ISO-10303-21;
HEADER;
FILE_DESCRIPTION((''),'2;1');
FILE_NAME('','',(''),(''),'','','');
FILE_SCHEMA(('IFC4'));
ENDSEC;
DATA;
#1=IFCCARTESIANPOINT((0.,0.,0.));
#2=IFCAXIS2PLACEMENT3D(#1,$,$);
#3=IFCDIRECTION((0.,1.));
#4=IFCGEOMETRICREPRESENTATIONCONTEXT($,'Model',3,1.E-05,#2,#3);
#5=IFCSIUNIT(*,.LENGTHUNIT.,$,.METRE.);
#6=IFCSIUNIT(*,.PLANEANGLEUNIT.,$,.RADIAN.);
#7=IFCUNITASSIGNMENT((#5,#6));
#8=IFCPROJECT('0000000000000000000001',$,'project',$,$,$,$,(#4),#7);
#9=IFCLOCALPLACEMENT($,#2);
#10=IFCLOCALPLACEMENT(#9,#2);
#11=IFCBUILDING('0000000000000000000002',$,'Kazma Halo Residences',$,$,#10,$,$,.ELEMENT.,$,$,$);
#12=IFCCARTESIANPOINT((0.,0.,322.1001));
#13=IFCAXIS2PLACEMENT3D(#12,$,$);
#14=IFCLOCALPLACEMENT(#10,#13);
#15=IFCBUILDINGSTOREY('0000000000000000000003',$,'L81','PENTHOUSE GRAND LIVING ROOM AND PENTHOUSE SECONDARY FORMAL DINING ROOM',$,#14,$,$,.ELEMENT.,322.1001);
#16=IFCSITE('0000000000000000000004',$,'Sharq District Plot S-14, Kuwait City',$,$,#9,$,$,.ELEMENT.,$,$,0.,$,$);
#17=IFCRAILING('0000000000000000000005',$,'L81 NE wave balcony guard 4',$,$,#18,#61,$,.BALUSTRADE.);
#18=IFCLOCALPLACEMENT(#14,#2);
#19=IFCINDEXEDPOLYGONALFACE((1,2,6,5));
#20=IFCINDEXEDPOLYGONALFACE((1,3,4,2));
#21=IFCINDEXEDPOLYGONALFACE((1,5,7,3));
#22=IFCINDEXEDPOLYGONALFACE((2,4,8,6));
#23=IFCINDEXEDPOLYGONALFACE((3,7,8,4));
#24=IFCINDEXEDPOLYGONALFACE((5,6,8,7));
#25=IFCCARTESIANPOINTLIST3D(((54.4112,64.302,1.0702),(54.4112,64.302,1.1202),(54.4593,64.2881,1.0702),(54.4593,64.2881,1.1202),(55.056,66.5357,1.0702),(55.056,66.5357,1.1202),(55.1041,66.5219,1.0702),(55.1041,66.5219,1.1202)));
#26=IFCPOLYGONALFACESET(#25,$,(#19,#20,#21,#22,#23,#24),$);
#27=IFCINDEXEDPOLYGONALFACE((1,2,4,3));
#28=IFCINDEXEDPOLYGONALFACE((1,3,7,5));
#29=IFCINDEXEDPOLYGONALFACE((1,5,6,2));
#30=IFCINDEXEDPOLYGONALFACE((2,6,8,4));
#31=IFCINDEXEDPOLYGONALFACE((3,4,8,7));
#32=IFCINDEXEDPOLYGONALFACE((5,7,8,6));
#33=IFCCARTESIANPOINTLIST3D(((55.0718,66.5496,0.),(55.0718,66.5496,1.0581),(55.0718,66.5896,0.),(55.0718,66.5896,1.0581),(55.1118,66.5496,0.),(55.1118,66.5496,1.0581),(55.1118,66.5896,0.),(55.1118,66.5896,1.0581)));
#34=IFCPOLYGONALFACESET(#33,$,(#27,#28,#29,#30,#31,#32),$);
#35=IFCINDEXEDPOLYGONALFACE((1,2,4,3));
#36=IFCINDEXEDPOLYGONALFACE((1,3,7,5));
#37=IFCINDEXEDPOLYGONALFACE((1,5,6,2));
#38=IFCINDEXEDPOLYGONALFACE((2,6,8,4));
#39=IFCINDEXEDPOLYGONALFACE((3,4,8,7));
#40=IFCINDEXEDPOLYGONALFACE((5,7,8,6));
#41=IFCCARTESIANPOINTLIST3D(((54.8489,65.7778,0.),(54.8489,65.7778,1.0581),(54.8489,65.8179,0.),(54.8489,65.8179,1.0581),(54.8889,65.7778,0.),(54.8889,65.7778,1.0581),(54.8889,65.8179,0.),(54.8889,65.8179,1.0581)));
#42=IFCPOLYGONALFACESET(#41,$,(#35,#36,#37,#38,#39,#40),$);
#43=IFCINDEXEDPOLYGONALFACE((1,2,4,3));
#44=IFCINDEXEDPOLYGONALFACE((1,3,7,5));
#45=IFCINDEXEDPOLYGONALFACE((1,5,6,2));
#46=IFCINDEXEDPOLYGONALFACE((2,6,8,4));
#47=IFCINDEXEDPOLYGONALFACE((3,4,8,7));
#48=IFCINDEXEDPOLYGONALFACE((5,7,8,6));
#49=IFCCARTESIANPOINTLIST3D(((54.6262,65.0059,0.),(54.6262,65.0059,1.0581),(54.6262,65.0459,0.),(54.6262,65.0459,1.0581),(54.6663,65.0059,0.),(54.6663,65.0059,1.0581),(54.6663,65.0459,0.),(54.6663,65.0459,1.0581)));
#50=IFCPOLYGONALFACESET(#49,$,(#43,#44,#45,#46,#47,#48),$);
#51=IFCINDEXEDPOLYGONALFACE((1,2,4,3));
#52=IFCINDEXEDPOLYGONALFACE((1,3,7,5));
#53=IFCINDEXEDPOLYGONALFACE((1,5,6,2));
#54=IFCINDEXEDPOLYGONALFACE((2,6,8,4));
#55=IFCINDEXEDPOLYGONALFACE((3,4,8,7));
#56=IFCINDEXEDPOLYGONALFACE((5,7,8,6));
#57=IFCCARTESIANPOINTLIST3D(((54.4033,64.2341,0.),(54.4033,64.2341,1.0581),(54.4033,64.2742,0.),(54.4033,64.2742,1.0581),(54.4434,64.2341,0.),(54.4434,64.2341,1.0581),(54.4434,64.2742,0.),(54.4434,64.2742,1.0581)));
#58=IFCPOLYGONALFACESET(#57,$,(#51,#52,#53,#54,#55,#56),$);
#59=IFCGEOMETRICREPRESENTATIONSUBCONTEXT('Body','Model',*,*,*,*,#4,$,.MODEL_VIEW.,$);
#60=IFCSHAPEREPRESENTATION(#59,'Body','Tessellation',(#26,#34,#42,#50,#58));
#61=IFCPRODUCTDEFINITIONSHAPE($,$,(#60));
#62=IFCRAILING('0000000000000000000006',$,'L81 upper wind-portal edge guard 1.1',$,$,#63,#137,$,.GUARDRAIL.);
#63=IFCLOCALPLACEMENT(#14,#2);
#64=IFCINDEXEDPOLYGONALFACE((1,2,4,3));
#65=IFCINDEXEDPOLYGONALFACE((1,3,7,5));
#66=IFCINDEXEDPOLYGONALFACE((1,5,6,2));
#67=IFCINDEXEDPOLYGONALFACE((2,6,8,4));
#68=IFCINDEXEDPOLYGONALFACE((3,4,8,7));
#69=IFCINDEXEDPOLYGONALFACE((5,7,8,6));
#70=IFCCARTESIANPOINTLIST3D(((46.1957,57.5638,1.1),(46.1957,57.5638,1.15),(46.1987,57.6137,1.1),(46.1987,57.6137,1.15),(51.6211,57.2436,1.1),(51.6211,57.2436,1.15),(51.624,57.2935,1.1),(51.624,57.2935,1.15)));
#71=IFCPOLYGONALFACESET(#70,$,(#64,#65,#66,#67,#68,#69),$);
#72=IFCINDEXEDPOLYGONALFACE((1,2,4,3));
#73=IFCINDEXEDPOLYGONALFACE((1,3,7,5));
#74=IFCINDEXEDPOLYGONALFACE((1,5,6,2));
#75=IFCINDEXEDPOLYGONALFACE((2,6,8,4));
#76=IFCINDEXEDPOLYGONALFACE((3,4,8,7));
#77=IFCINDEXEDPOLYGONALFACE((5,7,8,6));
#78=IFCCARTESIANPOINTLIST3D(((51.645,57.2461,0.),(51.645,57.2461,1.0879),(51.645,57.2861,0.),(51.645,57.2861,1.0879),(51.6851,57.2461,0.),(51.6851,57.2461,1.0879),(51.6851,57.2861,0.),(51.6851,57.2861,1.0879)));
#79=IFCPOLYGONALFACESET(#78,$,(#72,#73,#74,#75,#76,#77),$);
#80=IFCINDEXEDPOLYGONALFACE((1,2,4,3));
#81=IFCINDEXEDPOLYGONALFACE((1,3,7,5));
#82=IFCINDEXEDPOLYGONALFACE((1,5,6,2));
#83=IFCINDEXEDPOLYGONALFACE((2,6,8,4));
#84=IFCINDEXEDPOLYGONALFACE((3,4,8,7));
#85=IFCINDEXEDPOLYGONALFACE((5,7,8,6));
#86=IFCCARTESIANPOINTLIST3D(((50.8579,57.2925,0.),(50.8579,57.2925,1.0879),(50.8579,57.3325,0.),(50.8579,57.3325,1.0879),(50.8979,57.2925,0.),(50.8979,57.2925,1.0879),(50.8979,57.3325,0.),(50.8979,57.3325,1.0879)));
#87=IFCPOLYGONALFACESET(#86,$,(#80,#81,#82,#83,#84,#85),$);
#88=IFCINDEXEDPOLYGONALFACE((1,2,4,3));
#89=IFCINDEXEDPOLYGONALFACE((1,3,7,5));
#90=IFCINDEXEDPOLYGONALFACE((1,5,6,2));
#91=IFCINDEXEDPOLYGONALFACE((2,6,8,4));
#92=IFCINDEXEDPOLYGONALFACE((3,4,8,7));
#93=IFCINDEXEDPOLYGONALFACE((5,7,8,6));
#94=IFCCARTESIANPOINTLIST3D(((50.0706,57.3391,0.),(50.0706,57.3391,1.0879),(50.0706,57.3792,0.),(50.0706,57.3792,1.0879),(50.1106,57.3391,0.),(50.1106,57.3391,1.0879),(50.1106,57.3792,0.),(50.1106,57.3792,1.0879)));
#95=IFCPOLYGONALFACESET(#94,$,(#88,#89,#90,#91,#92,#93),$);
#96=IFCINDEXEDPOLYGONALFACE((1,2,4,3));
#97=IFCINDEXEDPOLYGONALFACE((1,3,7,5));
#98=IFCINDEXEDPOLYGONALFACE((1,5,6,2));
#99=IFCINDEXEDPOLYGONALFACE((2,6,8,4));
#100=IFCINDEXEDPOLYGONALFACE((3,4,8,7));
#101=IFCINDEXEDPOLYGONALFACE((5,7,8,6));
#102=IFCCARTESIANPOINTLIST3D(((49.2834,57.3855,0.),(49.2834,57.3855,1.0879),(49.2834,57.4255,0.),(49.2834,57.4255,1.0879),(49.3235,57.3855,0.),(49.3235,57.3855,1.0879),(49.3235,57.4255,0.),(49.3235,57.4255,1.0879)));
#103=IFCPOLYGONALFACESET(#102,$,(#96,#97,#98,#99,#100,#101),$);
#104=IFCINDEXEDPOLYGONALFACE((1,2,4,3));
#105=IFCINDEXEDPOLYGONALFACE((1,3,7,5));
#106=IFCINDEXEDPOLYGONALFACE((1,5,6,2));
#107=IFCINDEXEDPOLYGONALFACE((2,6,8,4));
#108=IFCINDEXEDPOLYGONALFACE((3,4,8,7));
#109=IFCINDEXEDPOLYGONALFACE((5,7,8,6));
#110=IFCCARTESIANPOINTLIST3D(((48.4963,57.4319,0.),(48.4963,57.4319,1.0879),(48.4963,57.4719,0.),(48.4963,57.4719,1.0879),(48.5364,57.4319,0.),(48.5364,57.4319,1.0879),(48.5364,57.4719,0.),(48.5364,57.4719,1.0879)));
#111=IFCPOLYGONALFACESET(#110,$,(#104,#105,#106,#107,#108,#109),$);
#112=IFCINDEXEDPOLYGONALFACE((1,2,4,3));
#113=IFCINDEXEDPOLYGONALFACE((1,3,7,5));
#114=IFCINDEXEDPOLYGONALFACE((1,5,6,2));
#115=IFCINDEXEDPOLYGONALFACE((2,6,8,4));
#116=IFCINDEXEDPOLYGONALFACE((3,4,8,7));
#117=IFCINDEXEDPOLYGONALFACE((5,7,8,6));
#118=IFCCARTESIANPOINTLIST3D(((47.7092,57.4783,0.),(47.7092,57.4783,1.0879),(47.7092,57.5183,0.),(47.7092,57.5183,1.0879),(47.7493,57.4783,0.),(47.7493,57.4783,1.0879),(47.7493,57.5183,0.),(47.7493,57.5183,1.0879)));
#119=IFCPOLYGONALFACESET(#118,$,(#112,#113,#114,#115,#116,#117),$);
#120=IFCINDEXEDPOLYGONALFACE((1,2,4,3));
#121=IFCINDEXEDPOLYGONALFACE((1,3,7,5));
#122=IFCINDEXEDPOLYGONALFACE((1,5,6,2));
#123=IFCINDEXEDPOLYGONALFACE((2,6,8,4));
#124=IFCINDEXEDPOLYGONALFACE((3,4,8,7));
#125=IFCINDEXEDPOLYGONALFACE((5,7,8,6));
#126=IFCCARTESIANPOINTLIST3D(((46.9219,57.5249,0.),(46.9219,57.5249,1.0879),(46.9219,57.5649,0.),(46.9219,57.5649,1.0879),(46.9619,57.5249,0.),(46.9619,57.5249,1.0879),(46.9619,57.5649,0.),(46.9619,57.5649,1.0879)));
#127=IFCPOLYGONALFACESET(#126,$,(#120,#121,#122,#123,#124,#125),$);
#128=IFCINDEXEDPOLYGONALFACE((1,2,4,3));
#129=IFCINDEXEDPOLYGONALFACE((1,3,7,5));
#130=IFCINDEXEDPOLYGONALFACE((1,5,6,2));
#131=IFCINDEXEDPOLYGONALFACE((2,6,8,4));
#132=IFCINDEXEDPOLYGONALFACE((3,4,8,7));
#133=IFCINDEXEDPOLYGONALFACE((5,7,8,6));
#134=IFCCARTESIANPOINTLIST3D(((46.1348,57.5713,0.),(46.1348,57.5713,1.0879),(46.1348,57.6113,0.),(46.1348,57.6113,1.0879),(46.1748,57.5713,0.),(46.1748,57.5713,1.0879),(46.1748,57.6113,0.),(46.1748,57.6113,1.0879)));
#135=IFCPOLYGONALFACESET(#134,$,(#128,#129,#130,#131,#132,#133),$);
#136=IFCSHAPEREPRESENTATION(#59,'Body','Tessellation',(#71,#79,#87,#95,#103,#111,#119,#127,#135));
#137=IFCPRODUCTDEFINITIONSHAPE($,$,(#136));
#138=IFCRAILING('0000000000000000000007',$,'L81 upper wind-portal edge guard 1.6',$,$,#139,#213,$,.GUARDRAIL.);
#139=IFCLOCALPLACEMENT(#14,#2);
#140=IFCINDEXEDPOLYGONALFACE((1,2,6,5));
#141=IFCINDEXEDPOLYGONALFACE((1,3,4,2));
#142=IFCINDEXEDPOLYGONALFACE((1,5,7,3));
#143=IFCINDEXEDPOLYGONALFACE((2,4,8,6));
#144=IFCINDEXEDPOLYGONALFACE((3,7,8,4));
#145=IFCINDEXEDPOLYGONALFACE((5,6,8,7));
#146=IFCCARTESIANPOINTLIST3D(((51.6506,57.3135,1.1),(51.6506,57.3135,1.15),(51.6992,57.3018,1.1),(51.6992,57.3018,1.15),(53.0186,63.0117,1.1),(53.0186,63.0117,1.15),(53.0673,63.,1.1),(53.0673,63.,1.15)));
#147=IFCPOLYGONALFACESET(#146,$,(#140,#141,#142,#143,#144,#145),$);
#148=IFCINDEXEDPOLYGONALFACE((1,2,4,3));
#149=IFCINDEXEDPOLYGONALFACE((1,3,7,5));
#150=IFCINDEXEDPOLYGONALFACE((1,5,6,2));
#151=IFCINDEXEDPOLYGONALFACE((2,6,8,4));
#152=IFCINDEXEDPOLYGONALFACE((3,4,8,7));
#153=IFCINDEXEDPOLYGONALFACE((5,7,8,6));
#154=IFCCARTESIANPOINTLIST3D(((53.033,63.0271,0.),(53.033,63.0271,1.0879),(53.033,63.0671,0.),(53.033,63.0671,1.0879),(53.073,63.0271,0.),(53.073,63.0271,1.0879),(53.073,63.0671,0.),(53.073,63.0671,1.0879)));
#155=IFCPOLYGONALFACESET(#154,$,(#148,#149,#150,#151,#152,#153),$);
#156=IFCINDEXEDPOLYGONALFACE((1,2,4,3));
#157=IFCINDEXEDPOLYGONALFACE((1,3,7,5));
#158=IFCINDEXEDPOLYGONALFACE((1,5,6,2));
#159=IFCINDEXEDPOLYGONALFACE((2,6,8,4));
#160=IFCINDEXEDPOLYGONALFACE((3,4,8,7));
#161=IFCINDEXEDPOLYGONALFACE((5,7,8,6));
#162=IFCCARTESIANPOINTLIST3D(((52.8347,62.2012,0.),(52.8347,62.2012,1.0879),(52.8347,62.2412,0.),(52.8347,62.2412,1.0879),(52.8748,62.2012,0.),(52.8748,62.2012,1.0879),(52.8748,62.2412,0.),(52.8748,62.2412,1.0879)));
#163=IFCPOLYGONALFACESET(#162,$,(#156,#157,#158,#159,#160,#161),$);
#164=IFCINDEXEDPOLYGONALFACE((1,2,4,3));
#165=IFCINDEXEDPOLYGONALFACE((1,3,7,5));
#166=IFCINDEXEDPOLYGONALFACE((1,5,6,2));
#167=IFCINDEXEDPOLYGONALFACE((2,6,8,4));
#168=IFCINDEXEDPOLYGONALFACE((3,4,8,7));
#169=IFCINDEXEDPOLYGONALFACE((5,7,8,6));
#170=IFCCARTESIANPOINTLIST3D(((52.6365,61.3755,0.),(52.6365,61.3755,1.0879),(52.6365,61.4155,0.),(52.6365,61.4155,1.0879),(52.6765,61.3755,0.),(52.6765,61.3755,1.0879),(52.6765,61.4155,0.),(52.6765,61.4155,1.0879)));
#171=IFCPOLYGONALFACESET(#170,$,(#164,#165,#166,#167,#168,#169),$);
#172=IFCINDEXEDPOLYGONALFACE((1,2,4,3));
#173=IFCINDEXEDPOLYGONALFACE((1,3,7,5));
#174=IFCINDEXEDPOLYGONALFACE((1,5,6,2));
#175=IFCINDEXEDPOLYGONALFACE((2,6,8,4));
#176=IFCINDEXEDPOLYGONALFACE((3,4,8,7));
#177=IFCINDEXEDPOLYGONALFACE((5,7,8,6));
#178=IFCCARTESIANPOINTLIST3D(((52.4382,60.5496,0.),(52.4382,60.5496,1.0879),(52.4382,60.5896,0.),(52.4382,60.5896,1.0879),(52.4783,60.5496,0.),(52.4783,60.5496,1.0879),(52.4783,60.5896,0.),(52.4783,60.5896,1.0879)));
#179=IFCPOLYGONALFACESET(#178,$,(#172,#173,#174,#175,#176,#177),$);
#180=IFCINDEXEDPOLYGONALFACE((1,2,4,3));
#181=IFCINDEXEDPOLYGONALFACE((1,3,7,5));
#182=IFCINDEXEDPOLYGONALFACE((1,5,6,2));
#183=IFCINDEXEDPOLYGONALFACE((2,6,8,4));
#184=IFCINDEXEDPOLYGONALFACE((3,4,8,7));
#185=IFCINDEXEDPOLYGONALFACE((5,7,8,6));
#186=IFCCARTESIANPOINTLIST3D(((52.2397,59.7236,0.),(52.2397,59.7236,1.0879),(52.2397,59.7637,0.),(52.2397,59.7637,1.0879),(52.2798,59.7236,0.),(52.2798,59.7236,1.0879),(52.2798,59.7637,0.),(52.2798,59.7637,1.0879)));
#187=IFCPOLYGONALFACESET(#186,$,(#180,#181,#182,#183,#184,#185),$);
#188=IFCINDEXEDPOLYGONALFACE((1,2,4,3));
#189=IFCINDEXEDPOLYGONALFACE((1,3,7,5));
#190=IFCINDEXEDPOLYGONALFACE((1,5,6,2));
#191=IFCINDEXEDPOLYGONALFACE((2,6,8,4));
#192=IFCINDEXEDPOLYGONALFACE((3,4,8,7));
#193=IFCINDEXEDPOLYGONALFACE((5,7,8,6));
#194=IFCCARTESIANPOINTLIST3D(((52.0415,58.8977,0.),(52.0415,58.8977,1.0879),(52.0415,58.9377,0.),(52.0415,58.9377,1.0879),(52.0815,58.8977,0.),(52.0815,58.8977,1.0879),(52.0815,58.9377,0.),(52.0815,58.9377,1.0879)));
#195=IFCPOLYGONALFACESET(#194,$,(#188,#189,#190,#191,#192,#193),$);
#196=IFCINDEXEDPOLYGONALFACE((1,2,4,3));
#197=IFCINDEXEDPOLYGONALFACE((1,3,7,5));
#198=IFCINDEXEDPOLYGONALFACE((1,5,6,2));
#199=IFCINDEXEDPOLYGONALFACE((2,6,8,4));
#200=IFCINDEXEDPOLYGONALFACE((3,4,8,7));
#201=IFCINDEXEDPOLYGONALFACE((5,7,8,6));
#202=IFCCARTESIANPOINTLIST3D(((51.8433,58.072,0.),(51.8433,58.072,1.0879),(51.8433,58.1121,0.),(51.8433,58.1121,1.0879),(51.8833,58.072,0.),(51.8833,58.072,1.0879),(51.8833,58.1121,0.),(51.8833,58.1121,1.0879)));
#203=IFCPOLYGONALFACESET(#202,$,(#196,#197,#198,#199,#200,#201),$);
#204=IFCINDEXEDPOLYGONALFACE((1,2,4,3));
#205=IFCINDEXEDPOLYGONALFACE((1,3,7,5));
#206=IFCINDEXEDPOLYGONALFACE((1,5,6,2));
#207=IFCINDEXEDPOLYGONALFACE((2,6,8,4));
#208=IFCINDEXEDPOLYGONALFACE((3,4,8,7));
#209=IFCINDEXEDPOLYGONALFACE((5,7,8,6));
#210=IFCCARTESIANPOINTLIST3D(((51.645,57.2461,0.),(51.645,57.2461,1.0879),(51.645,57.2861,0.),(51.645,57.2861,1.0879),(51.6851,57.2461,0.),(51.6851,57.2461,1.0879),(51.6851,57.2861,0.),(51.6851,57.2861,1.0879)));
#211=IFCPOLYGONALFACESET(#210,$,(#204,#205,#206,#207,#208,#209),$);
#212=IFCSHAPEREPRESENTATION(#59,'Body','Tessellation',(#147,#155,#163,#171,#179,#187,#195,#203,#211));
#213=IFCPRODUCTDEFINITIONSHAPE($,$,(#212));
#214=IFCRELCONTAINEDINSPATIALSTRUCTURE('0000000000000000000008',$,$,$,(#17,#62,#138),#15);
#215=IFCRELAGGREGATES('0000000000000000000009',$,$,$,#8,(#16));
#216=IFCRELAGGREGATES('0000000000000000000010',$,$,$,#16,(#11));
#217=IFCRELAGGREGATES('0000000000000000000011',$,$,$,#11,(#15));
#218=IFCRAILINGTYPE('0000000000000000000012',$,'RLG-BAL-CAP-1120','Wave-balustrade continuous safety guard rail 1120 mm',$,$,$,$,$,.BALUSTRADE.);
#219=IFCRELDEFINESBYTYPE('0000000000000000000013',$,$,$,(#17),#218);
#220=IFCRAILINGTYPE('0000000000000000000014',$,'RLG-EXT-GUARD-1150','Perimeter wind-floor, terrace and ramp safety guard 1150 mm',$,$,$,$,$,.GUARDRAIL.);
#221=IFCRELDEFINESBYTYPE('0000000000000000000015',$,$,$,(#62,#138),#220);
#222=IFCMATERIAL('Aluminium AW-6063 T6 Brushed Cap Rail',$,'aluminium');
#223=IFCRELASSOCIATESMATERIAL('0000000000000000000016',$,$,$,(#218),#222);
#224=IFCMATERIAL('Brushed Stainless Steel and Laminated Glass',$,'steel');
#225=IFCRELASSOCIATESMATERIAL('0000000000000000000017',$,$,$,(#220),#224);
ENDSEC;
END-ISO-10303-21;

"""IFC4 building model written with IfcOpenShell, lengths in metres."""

from ifc_helpers import new_model, si_unit, direction, frame, origin, origin_2d, place, context, subcontext, project, spatial, rectangle, extrude, material, type_object, element, save


model = new_model("IFC4")

# Units and contexts
model_context = context("Model", 3, precision=1e-05, world=origin(), true_north=direction((0.0, 1.0)))
body_context = subcontext(model_context, "Body", "Model", "MODEL_VIEW")
ifc_project = project(units=[si_unit("LENGTHUNIT", "METRE"), si_unit("PLANEANGLEUNIT", "RADIAN")], contexts=[model_context])

# Site, building, storey
site_placement = place(None, origin())
site = spatial("IfcSite", under=ifc_project, at=site_placement, Name="Sharq District Plot S-14, Kuwait City", CompositionType="ELEMENT", RefElevation=0.0)
building_placement = place(site_placement, origin())
building = spatial("IfcBuilding", under=site, at=building_placement, Name="Kazma Halo Residences", CompositionType="ELEMENT")
storey_placement = place(building_placement, frame((0.0, 0.0, 322.1001)))
storey = spatial("IfcBuildingStorey", under=building, at=storey_placement, Name="L81", Description="PENTHOUSE GRAND LIVING ROOM AND PENTHOUSE SECONDARY FORMAL DINING ROOM", CompositionType="ELEMENT", Elevation=322.1001)

# Railings
ifc_material_1 = material(Name="Aluminium AW-6063 T6 Brushed Cap Rail", Category="aluminium")
railing_type_1 = type_object("IfcRailingType", Name="RLG-BAL-CAP-1120", Description="Wave-balustrade continuous safety guard rail 1120 mm", PredefinedType="BALUSTRADE", material=ifc_material_1)
railing_1_placement = place(storey_placement, frame((55.0918, 66.5696, 0.0)))
element("IfcRailing", 1, at=railing_1_placement, inside=storey, type_object=railing_type_1, Name="L81 NE wave balcony guard 4", PredefinedType="BALUSTRADE", context=body_context, shape_type="SweptSolid", body=[
    extrude(rectangle(XDim=0.05, YDim=0.05, at=origin_2d()), frame((-0.0117, -0.0408, 1.0952), z_axis=(-0.277369, -0.960763, 0.0), x_axis=(0.960763, -0.277369, 0.0)), (0.0, 0.0, 1.0), 2.325),
    extrude(rectangle(XDim=0.04, YDim=0.04, at=origin_2d()), origin(), (0.0, 0.0, 1.0), 1.0581),
    extrude(rectangle(XDim=0.04, YDim=0.04, at=origin_2d()), frame((-0.2229, -0.7717, 0.0)), (0.0, 0.0, 1.0), 1.0581),
    extrude(rectangle(XDim=0.04, YDim=0.04, at=origin_2d()), frame((-0.4456, -1.5437, 0.0)), (0.0, 0.0, 1.0), 1.0581),
    extrude(rectangle(XDim=0.04, YDim=0.04, at=origin_2d()), frame((-0.6685, -2.3154, 0.0)), (0.0, 0.0, 1.0), 1.0581),
])
ifc_material_2 = material(Name="Brushed Stainless Steel and Laminated Glass", Category="steel")
railing_type_2 = type_object("IfcRailingType", Name="RLG-EXT-GUARD-1150", Description="Perimeter wind-floor, terrace and ramp safety guard 1150 mm", PredefinedType="GUARDRAIL", material=ifc_material_2)
railing_2_placement = place(storey_placement, frame((51.665, 57.2661, 0.0)))
element("IfcRailing", 2, at=railing_2_placement, inside=storey, type_object=railing_type_2, Name="L81 upper wind-portal edge guard 1.1", PredefinedType="GUARDRAIL", context=body_context, shape_type="SweptSolid", body=[
    extrude(rectangle(XDim=0.05, YDim=0.05, at=origin_2d()), frame((-0.0425, 0.0024, 1.125), z_axis=(-0.998263, 0.058914, 0.0), x_axis=(-0.058914, -0.998263, 0.0)), (0.0, 0.0, 1.0), 5.4348),
    extrude(rectangle(XDim=0.04, YDim=0.04, at=origin_2d()), origin(), (0.0, 0.0, 1.0), 1.0879),
    extrude(rectangle(XDim=0.04, YDim=0.04, at=origin_2d()), frame((-0.7871, 0.0464, 0.0)), (0.0, 0.0, 1.0), 1.0879),
    extrude(rectangle(XDim=0.04, YDim=0.04, at=origin_2d()), frame((-1.5745, 0.093, 0.0)), (0.0, 0.0, 1.0), 1.0879),
    extrude(rectangle(XDim=0.04, YDim=0.04, at=origin_2d()), frame((-2.3616, 0.1394, 0.0)), (0.0, 0.0, 1.0), 1.0879),
    extrude(rectangle(XDim=0.04, YDim=0.04, at=origin_2d()), frame((-3.1487, 0.1858, 0.0)), (0.0, 0.0, 1.0), 1.0879),
    extrude(rectangle(XDim=0.04, YDim=0.04, at=origin_2d()), frame((-3.9358, 0.2322, 0.0)), (0.0, 0.0, 1.0), 1.0879),
    extrude(rectangle(XDim=0.04, YDim=0.04, at=origin_2d()), frame((-4.7231, 0.2788, 0.0)), (0.0, 0.0, 1.0), 1.0879),
    extrude(rectangle(XDim=0.04, YDim=0.04, at=origin_2d()), frame((-5.5103, 0.3252, 0.0)), (0.0, 0.0, 1.0), 1.0879),
])
railing_3_placement = place(storey_placement, frame((53.053, 63.0471, 0.0)))
element("IfcRailing", 3, at=railing_3_placement, inside=storey, type_object=railing_type_2, Name="L81 upper wind-portal edge guard 1.6", PredefinedType="GUARDRAIL", context=body_context, shape_type="SweptSolid", body=[
    extrude(rectangle(XDim=0.05, YDim=0.05, at=origin_2d()), frame((-0.01, -0.0413, 1.125), z_axis=(-0.233452, -0.972368, 0.0), x_axis=(0.972368, -0.233452, 0.0)), (0.0, 0.0, 1.0), 5.8601),
    extrude(rectangle(XDim=0.04, YDim=0.04, at=origin_2d()), origin(), (0.0, 0.0, 1.0), 1.0879),
    extrude(rectangle(XDim=0.04, YDim=0.04, at=origin_2d()), frame((-0.1982, -0.8259, 0.0)), (0.0, 0.0, 1.0), 1.0879),
    extrude(rectangle(XDim=0.04, YDim=0.04, at=origin_2d()), frame((-0.3965, -1.6516, 0.0)), (0.0, 0.0, 1.0), 1.0879),
    extrude(rectangle(XDim=0.04, YDim=0.04, at=origin_2d()), frame((-0.5947, -2.4775, 0.0)), (0.0, 0.0, 1.0), 1.0879),
    extrude(rectangle(XDim=0.04, YDim=0.04, at=origin_2d()), frame((-0.7932, -3.3035, 0.0)), (0.0, 0.0, 1.0), 1.0879),
    extrude(rectangle(XDim=0.04, YDim=0.04, at=origin_2d()), frame((-0.9915, -4.1294, 0.0)), (0.0, 0.0, 1.0), 1.0879),
    extrude(rectangle(XDim=0.04, YDim=0.04, at=origin_2d()), frame((-1.1897, -4.9551, 0.0)), (0.0, 0.0, 1.0), 1.0879),
    extrude(rectangle(XDim=0.04, YDim=0.04, at=origin_2d()), frame((-1.3879, -5.781, 0.0)), (0.0, 0.0, 1.0), 1.0879),
])

save(model, "model.ifc")
